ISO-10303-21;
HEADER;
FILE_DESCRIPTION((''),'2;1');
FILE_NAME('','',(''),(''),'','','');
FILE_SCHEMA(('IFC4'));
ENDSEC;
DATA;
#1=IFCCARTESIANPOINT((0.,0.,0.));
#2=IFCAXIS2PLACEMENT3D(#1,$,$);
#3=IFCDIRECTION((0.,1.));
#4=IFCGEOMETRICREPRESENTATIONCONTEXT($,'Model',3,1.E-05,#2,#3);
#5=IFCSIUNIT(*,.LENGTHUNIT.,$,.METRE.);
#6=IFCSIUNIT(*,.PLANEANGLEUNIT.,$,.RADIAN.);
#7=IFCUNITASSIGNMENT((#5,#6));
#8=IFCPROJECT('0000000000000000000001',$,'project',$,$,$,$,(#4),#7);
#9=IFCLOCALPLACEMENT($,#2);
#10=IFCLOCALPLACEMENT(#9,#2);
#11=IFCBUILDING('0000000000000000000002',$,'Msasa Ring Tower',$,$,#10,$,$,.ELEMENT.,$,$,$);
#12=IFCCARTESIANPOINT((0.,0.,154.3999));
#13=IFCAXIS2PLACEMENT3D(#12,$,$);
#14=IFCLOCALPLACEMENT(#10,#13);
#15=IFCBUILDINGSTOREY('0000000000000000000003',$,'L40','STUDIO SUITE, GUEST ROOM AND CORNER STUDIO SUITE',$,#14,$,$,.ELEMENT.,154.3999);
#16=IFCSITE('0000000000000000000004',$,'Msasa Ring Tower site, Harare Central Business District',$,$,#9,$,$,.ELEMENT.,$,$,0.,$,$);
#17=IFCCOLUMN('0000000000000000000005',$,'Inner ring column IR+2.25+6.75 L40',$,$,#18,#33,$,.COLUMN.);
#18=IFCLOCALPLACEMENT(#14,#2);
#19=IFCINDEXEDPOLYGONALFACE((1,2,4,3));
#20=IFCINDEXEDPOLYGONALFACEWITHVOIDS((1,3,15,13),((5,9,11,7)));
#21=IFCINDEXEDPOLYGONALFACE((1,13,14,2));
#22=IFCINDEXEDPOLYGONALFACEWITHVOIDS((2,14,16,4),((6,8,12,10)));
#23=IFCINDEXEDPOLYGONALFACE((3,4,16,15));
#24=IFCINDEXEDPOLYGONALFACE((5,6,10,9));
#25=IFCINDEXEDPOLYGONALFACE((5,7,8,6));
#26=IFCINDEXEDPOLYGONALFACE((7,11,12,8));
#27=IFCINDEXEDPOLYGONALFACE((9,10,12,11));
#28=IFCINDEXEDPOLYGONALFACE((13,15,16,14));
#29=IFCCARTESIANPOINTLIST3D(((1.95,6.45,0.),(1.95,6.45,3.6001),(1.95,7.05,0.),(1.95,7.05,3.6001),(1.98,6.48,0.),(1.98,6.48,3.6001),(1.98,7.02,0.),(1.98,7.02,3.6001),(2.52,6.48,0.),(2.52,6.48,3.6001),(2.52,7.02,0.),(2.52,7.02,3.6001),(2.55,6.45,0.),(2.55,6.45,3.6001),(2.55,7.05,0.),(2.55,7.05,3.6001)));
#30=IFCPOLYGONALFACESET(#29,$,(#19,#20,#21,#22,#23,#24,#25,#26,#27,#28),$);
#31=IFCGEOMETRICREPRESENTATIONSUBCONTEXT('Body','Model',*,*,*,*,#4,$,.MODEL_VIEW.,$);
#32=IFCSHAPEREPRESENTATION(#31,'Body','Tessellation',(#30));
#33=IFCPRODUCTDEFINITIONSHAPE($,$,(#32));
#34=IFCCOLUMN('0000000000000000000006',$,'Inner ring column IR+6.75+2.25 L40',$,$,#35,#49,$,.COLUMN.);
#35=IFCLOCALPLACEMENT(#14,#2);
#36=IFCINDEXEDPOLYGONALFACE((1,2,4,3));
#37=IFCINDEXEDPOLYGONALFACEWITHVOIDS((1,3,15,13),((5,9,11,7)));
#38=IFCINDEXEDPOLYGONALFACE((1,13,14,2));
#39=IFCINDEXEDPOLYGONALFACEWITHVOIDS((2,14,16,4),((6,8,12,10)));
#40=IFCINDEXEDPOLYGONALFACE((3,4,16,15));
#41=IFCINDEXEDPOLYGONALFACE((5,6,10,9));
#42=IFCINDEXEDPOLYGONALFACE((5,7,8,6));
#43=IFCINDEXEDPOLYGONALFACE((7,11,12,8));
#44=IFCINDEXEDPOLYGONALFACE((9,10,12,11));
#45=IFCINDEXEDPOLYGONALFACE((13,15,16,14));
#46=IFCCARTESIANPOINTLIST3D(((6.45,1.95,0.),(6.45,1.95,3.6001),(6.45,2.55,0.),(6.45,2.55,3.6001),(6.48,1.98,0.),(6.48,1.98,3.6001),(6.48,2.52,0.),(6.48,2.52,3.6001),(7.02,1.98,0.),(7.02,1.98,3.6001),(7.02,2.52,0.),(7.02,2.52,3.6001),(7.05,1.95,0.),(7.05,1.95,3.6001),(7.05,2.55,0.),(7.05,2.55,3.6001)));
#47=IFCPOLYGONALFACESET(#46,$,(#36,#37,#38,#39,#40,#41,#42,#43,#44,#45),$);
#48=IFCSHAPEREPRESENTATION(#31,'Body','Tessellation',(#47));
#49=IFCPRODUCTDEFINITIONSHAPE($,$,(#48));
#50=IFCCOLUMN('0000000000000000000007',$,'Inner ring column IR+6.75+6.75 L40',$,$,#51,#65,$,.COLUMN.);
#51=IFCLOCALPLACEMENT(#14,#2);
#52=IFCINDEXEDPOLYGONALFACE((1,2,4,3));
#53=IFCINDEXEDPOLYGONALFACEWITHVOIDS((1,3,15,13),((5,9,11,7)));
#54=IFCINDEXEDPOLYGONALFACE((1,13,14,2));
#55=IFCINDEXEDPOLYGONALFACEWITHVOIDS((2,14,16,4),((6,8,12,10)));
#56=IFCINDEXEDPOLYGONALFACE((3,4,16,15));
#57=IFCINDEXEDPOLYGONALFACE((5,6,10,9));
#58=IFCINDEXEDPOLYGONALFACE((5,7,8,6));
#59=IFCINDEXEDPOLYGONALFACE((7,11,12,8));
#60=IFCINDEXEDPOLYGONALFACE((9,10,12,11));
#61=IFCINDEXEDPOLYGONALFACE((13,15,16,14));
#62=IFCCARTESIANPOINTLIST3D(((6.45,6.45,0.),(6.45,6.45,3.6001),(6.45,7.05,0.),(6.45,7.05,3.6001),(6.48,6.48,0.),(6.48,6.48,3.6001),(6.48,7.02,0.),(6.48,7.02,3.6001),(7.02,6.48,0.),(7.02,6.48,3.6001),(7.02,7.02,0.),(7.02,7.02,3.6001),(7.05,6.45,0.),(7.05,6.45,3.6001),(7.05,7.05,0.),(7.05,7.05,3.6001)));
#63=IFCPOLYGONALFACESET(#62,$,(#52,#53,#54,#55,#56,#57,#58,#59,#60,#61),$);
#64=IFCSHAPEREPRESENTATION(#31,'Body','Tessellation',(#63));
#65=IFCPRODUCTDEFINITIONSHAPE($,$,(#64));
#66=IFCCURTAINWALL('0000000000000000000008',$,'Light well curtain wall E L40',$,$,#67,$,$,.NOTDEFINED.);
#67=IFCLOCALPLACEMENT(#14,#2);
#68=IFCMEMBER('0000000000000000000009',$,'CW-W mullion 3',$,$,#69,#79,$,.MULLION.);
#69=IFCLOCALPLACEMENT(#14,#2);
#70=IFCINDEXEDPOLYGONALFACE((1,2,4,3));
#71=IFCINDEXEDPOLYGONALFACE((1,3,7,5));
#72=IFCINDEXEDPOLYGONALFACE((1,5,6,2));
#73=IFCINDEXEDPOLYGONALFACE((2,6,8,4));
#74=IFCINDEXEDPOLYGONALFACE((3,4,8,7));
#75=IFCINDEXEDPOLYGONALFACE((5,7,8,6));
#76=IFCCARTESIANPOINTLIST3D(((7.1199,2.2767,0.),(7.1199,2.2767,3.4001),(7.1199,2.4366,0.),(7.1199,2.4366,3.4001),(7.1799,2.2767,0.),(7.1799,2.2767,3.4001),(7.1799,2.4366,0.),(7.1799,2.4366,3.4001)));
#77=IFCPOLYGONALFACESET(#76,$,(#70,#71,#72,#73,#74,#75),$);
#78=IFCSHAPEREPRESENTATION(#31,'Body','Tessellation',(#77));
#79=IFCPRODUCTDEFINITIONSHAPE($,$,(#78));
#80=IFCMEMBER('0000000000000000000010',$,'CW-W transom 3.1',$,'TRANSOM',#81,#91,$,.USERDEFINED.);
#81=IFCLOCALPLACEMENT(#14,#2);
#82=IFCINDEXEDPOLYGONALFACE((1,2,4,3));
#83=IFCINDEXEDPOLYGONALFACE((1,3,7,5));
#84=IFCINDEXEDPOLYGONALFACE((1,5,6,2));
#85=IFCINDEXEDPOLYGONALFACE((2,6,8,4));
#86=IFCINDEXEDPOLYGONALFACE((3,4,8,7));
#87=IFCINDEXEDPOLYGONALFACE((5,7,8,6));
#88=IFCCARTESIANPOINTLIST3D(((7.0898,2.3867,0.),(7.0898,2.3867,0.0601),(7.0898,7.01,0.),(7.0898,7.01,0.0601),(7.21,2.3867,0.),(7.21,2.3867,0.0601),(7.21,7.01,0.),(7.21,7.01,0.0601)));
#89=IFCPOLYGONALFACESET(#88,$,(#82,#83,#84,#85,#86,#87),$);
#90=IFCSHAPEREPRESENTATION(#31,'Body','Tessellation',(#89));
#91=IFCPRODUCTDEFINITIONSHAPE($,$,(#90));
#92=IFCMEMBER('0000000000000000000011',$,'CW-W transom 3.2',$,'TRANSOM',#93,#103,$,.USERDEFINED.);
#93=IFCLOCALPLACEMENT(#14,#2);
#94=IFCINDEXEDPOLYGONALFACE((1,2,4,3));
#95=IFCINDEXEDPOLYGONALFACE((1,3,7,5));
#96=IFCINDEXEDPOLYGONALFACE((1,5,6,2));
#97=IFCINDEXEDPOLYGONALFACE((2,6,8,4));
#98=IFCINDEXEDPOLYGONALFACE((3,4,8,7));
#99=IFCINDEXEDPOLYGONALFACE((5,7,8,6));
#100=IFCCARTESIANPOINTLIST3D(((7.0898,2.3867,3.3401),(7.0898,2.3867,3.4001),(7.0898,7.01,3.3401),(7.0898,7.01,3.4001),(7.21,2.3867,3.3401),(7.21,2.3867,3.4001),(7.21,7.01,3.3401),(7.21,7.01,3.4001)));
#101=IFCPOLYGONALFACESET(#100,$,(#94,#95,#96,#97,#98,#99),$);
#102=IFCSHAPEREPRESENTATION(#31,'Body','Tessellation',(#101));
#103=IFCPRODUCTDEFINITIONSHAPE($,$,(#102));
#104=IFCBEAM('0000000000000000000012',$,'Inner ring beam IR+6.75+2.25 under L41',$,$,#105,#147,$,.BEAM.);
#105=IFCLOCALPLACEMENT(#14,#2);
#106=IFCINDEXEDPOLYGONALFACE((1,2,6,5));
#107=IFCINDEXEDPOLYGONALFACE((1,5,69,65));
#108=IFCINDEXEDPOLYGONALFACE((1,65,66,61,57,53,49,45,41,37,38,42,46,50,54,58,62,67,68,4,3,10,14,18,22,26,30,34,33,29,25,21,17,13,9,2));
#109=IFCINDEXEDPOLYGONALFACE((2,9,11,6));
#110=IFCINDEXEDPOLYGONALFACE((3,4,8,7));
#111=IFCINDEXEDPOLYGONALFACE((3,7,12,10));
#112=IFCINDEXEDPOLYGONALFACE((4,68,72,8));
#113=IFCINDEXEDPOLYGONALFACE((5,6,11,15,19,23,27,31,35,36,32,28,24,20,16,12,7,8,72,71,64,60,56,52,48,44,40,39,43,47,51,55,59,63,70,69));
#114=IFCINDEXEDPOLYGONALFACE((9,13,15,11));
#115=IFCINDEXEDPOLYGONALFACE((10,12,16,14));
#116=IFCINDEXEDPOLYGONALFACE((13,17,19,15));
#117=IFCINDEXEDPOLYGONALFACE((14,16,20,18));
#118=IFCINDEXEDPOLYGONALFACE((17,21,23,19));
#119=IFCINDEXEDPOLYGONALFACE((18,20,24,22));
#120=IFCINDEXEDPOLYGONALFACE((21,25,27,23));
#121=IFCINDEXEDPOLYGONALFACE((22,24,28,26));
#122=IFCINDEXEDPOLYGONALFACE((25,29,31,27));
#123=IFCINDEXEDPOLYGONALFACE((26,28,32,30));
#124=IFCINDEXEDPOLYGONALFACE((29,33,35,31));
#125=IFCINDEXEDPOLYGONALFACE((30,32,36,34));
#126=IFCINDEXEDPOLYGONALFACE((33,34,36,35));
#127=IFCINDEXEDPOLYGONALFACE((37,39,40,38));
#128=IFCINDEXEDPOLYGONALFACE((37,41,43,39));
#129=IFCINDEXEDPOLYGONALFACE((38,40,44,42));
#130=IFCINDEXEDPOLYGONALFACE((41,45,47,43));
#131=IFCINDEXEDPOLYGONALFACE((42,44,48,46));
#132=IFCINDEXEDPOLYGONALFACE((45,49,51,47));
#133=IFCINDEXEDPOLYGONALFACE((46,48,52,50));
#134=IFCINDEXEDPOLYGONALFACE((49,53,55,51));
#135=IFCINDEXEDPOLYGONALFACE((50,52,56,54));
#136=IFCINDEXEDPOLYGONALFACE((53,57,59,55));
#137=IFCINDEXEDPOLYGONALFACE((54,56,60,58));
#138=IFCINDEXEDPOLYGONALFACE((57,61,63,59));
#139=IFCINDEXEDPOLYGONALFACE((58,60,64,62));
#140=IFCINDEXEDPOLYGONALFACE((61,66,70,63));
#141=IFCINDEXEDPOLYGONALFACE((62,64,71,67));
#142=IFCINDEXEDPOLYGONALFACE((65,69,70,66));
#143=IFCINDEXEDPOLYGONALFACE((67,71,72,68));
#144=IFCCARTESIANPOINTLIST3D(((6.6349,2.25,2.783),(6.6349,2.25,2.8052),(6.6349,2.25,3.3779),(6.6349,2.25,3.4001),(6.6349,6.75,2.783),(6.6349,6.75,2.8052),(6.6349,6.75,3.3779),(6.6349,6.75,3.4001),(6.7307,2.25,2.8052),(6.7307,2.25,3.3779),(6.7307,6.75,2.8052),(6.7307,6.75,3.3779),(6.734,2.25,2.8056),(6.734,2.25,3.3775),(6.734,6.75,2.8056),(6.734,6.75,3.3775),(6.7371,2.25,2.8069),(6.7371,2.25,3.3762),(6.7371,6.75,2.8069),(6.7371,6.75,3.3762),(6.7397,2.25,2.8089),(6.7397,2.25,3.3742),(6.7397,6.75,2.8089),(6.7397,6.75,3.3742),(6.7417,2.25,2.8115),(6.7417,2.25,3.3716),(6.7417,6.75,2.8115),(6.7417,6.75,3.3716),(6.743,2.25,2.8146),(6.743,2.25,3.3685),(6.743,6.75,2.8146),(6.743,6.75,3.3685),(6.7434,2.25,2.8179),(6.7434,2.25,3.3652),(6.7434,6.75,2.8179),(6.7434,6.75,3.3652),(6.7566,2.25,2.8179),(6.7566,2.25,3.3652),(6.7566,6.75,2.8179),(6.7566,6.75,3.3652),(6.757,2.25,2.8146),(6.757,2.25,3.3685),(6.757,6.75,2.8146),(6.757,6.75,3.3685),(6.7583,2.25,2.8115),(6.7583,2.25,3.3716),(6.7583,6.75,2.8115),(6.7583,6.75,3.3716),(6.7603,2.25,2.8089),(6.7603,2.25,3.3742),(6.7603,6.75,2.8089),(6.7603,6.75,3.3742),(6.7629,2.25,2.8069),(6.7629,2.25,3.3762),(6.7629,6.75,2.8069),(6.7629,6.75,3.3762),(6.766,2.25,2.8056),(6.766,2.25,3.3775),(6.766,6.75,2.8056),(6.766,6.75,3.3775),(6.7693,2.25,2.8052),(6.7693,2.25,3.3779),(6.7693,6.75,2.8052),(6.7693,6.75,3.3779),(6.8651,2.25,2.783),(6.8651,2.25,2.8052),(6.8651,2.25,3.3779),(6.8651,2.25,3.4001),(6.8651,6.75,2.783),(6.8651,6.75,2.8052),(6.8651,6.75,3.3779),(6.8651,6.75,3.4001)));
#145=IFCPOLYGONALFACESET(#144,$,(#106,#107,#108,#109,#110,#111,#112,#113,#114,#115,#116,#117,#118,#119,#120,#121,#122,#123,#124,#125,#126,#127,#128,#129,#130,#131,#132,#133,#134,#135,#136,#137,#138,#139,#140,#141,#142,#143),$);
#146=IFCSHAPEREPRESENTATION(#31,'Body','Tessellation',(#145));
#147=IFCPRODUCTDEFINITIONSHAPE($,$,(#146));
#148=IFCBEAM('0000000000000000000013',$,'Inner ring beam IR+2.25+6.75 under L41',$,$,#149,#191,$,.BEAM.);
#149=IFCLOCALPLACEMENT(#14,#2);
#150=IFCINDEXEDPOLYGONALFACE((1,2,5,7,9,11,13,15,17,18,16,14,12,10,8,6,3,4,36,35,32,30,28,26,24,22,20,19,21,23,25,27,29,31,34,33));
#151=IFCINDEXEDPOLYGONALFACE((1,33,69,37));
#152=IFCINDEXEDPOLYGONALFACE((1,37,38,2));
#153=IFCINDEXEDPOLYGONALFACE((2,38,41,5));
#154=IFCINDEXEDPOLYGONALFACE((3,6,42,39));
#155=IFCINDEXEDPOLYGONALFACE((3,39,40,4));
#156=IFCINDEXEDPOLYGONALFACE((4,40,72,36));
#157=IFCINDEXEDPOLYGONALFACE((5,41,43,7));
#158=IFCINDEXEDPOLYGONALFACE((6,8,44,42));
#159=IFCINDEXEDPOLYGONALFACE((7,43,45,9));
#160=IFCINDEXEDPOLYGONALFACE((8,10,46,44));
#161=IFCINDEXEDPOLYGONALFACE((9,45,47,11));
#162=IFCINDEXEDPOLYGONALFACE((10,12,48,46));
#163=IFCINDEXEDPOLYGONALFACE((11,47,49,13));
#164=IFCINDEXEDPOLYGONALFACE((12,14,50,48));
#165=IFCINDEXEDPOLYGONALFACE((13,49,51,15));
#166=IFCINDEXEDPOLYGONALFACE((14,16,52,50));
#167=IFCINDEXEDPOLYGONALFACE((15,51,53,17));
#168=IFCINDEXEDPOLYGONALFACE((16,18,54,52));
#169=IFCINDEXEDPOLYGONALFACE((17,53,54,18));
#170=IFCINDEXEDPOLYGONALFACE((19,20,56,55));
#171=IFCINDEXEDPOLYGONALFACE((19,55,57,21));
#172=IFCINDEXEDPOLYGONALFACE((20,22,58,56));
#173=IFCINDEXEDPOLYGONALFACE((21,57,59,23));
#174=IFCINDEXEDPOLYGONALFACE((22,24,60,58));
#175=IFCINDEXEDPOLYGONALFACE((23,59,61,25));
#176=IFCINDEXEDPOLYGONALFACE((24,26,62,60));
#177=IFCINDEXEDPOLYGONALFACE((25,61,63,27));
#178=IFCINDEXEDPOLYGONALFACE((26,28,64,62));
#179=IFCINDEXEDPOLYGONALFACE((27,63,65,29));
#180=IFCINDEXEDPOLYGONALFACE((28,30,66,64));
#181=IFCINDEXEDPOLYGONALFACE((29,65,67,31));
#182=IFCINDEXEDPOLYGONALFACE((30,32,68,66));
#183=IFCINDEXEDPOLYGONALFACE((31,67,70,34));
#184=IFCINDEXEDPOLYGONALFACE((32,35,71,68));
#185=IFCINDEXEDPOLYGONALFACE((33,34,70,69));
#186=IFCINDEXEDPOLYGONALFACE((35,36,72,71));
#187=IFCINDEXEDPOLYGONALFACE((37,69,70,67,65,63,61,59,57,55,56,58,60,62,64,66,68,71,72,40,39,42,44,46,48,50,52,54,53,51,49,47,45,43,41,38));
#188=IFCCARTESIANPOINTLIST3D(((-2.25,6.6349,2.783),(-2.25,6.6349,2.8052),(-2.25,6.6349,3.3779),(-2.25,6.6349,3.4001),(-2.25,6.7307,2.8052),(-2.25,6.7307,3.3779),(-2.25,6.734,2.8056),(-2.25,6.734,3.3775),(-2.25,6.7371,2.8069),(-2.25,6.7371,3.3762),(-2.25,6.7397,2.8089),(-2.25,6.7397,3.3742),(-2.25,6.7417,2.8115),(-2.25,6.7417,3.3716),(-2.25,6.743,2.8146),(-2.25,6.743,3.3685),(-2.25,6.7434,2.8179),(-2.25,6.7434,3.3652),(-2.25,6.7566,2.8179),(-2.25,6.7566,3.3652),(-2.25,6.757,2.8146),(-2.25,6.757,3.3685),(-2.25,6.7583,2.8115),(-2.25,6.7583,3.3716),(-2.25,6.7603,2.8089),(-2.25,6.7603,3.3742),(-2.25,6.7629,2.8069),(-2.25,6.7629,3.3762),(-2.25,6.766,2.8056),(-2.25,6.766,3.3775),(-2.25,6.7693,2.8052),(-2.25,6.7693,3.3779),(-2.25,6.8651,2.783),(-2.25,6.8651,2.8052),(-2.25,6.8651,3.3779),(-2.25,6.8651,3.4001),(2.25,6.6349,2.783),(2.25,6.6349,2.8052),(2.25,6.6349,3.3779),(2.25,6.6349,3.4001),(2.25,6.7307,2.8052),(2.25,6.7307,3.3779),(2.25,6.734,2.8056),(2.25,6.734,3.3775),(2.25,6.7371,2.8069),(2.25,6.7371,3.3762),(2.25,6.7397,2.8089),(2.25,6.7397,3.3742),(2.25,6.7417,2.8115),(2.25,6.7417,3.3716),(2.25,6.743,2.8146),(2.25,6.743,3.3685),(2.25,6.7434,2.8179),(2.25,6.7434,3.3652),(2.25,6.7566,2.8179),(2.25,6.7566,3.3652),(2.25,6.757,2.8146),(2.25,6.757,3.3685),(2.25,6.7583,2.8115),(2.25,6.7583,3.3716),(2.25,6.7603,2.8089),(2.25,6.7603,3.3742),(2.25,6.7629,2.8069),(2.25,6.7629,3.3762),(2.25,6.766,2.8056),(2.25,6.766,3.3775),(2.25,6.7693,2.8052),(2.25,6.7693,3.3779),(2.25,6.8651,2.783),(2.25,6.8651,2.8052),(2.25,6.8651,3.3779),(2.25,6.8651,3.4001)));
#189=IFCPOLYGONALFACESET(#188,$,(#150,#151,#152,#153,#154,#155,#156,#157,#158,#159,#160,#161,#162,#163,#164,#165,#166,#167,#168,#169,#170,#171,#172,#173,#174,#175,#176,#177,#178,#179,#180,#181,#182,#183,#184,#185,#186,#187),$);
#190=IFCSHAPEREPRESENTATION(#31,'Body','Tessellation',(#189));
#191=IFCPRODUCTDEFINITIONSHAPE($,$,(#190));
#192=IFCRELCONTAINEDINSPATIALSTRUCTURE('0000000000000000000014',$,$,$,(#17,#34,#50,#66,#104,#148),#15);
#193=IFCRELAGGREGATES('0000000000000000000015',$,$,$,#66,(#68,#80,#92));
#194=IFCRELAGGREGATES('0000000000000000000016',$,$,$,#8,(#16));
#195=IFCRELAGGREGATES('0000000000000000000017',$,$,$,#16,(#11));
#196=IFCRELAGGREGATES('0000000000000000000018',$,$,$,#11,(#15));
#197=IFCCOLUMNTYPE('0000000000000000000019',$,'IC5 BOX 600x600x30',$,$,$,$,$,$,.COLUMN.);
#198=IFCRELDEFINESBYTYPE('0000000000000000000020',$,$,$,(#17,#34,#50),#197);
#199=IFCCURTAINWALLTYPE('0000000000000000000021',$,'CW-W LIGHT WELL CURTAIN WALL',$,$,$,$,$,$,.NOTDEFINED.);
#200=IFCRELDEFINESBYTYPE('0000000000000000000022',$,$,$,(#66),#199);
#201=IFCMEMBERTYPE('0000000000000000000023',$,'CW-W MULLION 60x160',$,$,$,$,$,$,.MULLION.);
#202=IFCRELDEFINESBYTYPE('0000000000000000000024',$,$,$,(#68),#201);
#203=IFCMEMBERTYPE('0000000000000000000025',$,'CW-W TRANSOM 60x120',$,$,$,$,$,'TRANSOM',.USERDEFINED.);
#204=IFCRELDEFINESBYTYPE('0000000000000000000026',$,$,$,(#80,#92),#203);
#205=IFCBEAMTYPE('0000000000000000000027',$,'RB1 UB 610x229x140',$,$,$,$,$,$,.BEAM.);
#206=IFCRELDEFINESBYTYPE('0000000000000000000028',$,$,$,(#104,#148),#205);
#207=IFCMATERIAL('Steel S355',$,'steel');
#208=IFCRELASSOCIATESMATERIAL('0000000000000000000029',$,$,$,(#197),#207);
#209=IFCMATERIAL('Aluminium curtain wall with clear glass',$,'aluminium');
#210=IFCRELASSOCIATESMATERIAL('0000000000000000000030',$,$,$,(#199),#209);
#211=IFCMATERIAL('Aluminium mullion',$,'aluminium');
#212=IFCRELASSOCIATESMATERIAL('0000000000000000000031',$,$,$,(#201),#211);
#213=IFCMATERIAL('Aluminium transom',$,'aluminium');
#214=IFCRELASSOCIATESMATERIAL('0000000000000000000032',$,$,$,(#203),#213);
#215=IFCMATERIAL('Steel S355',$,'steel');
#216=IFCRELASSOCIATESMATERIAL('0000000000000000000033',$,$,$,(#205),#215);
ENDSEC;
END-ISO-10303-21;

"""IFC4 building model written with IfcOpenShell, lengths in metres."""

from ifc_helpers import new_model, si_unit, direction, frame, origin, origin_2d, place, context, subcontext, project, spatial, rectangle, hollow_rectangle, i_section, extrude, material, material_profile, profile_set, type_object, element, aggregate, save


model = new_model("IFC4")

# Units and contexts
model_context = context("Model", 3, precision=1e-05, world=origin(), true_north=direction((0.0, 1.0)))
body_context = subcontext(model_context, "Body", "Model", "MODEL_VIEW")
ifc_project = project(units=[si_unit("LENGTHUNIT", "METRE"), si_unit("PLANEANGLEUNIT", "RADIAN")], contexts=[model_context])

# Site, building, storey
site_placement = place(None, origin())
site = spatial("IfcSite", under=ifc_project, at=site_placement, Name="Msasa Ring Tower site, Harare Central Business District", CompositionType="ELEMENT", RefElevation=0.0)
building_placement = place(site_placement, origin())
building = spatial("IfcBuilding", under=site, at=building_placement, Name="Msasa Ring Tower", CompositionType="ELEMENT")
storey_placement = place(building_placement, frame((0.0, 0.0, 154.3999)))
storey = spatial("IfcBuildingStorey", under=building, at=storey_placement, Name="L40", Description="STUDIO SUITE, GUEST ROOM AND CORNER STUDIO SUITE", CompositionType="ELEMENT", Elevation=154.3999)

# Columns
ifc_material_1 = material(Name="Steel S355", Category="steel")
ifc_material_profile_1 = material_profile(ifc_material_1, hollow_rectangle(XDim=0.6001, YDim=0.6001, WallThickness=0.03, at=origin_2d()), Name="BOX 600x600x30")
ifc_profile_set_1 = profile_set([ifc_material_profile_1], Name="Steel S355")
column_type = type_object("IfcColumnType", Name="IC5 BOX 600x600x30", PredefinedType="COLUMN", material=ifc_profile_set_1)
for number, where, z_axis, x_axis, name in (
    (1, (2.25, 6.75, 0.0), (0.0, 0.0, 1.0), (1.0, 0.0, 0.0), "Inner ring column IR+2.25+6.75 L40"),
    (2, (6.75, 2.25, 0.0), (0.0, 0.0, 1.0), (1.0, 0.0, 0.0), "Inner ring column IR+6.75+2.25 L40"),
    (3, (6.75, 6.75, 0.0), (0.0, 0.0, 1.0), (1.0, 0.0, 0.0), "Inner ring column IR+6.75+6.75 L40"),
):
    element("IfcColumn", number, at=place(storey_placement, frame(where, z_axis=z_axis, x_axis=x_axis)), inside=storey, type_object=column_type, Name=name, PredefinedType="COLUMN", context=body_context, shape_type="SweptSolid", body=[
        extrude(hollow_rectangle(XDim=0.6001, YDim=0.6001, WallThickness=0.03, at=origin_2d()), origin(), (0.0, 0.0, 1.0), 3.6001),
    ])

# Curtain wall, members
ifc_material_2 = material(Name="Aluminium curtain wall with clear glass", Category="aluminium")
curtain_wall_type = type_object("IfcCurtainWallType", Name="CW-W LIGHT WELL CURTAIN WALL", PredefinedType="NOTDEFINED", material=ifc_material_2)
curtain_wall_placement = place(storey_placement, origin())
curtain_wall = element("IfcCurtainWall", 4, at=curtain_wall_placement, inside=storey, type_object=curtain_wall_type, Name="Light well curtain wall E L40", PredefinedType="NOTDEFINED")
ifc_material_3 = material(Name="Aluminium mullion", Category="aluminium")
ifc_material_profile_2 = material_profile(ifc_material_3, rectangle(XDim=0.0601, YDim=0.1599, at=origin_2d()), Name="AL 60x160")
ifc_profile_set_2 = profile_set([ifc_material_profile_2], Name="Aluminium mullion")
member_type_1 = type_object("IfcMemberType", Name="CW-W MULLION 60x160", PredefinedType="MULLION", material=ifc_profile_set_2)
member_1_placement = place(storey_placement, frame((7.1499, 2.3567, 0.0), z_axis=(0.0, 0.0, 1.0), x_axis=(-1.0, 0.0, 0.0)))
member_1 = element("IfcMember", 5, at=member_1_placement, type_object=member_type_1, Name="CW-W mullion 3", PredefinedType="MULLION", context=body_context, shape_type="SweptSolid", body=[
    extrude(rectangle(XDim=0.0601, YDim=0.1599, at=origin_2d()), origin(), (0.0, 0.0, 1.0), 3.4001),
])
ifc_material_4 = material(Name="Aluminium transom", Category="aluminium")
ifc_material_profile_3 = material_profile(ifc_material_4, rectangle(XDim=0.1201, YDim=0.0601, at=origin_2d()), Name="AL 60x120")
ifc_profile_set_3 = profile_set([ifc_material_profile_3], Name="Aluminium transom")
member_type_2 = type_object("IfcMemberType", Name="CW-W TRANSOM 60x120", ElementType="TRANSOM", PredefinedType="USERDEFINED", material=ifc_profile_set_3)
member_2_placement = place(storey_placement, frame((7.1499, 2.3867, 0.03), z_axis=(0.0, 1.0, 0.0), x_axis=(-1.0, 0.0, 0.0)))
member_2 = element("IfcMember", 6, at=member_2_placement, type_object=member_type_2, Name="CW-W transom 3.1", ObjectType="TRANSOM", PredefinedType="USERDEFINED", context=body_context, shape_type="SweptSolid", body=[
    extrude(rectangle(XDim=0.1201, YDim=0.0601, at=origin_2d()), origin(), (0.0, 0.0, 1.0), 4.6233),
])
member_3_placement = place(storey_placement, frame((7.1499, 2.3867, 3.3701), z_axis=(0.0, 1.0, 0.0), x_axis=(-1.0, 0.0, 0.0)))
member_3 = element("IfcMember", 7, at=member_3_placement, type_object=member_type_2, Name="CW-W transom 3.2", ObjectType="TRANSOM", PredefinedType="USERDEFINED", context=body_context, shape_type="SweptSolid", body=[
    extrude(rectangle(XDim=0.1201, YDim=0.0601, at=origin_2d()), origin(), (0.0, 0.0, 1.0), 4.6233),
])

# Beams
ifc_material_5 = material(Name="Steel S355", Category="steel")
ifc_material_profile_4 = material_profile(ifc_material_5, i_section(OverallWidth=0.2302, OverallDepth=0.6172, WebThickness=0.0132, FlangeThickness=0.0222, FilletRadius=0.0127, at=origin_2d()), Name="UB 610x229x140")
ifc_profile_set_4 = profile_set([ifc_material_profile_4], Name="Steel S355")
beam_type = type_object("IfcBeamType", Name="RB1 UB 610x229x140", PredefinedType="BEAM", material=ifc_profile_set_4)
for number, where, z_axis, x_axis, name in (
    (8, (6.75, 2.25, 3.0916), (0.0, 1.0, 0.0), (-1.0, 0.0, 0.0), "Inner ring beam IR+6.75+2.25 under L41"),
    (9, (2.25, 6.75, 3.0916), (-1.0, 0.0, 0.0), (0.0, -1.0, 0.0), "Inner ring beam IR+2.25+6.75 under L41"),
):
    element("IfcBeam", number, at=place(storey_placement, frame(where, z_axis=z_axis, x_axis=x_axis)), inside=storey, type_object=beam_type, Name=name, PredefinedType="BEAM", context=body_context, shape_type="SweptSolid", body=[
        extrude(i_section(OverallWidth=0.2302, OverallDepth=0.6172, WebThickness=0.0132, FlangeThickness=0.0222, FilletRadius=0.0127, at=origin_2d()), origin(), (0.0, 0.0, 1.0), 4.5),
    ])

aggregate(curtain_wall, [member_1, member_2, member_3])

save(model, "model.ifc")
